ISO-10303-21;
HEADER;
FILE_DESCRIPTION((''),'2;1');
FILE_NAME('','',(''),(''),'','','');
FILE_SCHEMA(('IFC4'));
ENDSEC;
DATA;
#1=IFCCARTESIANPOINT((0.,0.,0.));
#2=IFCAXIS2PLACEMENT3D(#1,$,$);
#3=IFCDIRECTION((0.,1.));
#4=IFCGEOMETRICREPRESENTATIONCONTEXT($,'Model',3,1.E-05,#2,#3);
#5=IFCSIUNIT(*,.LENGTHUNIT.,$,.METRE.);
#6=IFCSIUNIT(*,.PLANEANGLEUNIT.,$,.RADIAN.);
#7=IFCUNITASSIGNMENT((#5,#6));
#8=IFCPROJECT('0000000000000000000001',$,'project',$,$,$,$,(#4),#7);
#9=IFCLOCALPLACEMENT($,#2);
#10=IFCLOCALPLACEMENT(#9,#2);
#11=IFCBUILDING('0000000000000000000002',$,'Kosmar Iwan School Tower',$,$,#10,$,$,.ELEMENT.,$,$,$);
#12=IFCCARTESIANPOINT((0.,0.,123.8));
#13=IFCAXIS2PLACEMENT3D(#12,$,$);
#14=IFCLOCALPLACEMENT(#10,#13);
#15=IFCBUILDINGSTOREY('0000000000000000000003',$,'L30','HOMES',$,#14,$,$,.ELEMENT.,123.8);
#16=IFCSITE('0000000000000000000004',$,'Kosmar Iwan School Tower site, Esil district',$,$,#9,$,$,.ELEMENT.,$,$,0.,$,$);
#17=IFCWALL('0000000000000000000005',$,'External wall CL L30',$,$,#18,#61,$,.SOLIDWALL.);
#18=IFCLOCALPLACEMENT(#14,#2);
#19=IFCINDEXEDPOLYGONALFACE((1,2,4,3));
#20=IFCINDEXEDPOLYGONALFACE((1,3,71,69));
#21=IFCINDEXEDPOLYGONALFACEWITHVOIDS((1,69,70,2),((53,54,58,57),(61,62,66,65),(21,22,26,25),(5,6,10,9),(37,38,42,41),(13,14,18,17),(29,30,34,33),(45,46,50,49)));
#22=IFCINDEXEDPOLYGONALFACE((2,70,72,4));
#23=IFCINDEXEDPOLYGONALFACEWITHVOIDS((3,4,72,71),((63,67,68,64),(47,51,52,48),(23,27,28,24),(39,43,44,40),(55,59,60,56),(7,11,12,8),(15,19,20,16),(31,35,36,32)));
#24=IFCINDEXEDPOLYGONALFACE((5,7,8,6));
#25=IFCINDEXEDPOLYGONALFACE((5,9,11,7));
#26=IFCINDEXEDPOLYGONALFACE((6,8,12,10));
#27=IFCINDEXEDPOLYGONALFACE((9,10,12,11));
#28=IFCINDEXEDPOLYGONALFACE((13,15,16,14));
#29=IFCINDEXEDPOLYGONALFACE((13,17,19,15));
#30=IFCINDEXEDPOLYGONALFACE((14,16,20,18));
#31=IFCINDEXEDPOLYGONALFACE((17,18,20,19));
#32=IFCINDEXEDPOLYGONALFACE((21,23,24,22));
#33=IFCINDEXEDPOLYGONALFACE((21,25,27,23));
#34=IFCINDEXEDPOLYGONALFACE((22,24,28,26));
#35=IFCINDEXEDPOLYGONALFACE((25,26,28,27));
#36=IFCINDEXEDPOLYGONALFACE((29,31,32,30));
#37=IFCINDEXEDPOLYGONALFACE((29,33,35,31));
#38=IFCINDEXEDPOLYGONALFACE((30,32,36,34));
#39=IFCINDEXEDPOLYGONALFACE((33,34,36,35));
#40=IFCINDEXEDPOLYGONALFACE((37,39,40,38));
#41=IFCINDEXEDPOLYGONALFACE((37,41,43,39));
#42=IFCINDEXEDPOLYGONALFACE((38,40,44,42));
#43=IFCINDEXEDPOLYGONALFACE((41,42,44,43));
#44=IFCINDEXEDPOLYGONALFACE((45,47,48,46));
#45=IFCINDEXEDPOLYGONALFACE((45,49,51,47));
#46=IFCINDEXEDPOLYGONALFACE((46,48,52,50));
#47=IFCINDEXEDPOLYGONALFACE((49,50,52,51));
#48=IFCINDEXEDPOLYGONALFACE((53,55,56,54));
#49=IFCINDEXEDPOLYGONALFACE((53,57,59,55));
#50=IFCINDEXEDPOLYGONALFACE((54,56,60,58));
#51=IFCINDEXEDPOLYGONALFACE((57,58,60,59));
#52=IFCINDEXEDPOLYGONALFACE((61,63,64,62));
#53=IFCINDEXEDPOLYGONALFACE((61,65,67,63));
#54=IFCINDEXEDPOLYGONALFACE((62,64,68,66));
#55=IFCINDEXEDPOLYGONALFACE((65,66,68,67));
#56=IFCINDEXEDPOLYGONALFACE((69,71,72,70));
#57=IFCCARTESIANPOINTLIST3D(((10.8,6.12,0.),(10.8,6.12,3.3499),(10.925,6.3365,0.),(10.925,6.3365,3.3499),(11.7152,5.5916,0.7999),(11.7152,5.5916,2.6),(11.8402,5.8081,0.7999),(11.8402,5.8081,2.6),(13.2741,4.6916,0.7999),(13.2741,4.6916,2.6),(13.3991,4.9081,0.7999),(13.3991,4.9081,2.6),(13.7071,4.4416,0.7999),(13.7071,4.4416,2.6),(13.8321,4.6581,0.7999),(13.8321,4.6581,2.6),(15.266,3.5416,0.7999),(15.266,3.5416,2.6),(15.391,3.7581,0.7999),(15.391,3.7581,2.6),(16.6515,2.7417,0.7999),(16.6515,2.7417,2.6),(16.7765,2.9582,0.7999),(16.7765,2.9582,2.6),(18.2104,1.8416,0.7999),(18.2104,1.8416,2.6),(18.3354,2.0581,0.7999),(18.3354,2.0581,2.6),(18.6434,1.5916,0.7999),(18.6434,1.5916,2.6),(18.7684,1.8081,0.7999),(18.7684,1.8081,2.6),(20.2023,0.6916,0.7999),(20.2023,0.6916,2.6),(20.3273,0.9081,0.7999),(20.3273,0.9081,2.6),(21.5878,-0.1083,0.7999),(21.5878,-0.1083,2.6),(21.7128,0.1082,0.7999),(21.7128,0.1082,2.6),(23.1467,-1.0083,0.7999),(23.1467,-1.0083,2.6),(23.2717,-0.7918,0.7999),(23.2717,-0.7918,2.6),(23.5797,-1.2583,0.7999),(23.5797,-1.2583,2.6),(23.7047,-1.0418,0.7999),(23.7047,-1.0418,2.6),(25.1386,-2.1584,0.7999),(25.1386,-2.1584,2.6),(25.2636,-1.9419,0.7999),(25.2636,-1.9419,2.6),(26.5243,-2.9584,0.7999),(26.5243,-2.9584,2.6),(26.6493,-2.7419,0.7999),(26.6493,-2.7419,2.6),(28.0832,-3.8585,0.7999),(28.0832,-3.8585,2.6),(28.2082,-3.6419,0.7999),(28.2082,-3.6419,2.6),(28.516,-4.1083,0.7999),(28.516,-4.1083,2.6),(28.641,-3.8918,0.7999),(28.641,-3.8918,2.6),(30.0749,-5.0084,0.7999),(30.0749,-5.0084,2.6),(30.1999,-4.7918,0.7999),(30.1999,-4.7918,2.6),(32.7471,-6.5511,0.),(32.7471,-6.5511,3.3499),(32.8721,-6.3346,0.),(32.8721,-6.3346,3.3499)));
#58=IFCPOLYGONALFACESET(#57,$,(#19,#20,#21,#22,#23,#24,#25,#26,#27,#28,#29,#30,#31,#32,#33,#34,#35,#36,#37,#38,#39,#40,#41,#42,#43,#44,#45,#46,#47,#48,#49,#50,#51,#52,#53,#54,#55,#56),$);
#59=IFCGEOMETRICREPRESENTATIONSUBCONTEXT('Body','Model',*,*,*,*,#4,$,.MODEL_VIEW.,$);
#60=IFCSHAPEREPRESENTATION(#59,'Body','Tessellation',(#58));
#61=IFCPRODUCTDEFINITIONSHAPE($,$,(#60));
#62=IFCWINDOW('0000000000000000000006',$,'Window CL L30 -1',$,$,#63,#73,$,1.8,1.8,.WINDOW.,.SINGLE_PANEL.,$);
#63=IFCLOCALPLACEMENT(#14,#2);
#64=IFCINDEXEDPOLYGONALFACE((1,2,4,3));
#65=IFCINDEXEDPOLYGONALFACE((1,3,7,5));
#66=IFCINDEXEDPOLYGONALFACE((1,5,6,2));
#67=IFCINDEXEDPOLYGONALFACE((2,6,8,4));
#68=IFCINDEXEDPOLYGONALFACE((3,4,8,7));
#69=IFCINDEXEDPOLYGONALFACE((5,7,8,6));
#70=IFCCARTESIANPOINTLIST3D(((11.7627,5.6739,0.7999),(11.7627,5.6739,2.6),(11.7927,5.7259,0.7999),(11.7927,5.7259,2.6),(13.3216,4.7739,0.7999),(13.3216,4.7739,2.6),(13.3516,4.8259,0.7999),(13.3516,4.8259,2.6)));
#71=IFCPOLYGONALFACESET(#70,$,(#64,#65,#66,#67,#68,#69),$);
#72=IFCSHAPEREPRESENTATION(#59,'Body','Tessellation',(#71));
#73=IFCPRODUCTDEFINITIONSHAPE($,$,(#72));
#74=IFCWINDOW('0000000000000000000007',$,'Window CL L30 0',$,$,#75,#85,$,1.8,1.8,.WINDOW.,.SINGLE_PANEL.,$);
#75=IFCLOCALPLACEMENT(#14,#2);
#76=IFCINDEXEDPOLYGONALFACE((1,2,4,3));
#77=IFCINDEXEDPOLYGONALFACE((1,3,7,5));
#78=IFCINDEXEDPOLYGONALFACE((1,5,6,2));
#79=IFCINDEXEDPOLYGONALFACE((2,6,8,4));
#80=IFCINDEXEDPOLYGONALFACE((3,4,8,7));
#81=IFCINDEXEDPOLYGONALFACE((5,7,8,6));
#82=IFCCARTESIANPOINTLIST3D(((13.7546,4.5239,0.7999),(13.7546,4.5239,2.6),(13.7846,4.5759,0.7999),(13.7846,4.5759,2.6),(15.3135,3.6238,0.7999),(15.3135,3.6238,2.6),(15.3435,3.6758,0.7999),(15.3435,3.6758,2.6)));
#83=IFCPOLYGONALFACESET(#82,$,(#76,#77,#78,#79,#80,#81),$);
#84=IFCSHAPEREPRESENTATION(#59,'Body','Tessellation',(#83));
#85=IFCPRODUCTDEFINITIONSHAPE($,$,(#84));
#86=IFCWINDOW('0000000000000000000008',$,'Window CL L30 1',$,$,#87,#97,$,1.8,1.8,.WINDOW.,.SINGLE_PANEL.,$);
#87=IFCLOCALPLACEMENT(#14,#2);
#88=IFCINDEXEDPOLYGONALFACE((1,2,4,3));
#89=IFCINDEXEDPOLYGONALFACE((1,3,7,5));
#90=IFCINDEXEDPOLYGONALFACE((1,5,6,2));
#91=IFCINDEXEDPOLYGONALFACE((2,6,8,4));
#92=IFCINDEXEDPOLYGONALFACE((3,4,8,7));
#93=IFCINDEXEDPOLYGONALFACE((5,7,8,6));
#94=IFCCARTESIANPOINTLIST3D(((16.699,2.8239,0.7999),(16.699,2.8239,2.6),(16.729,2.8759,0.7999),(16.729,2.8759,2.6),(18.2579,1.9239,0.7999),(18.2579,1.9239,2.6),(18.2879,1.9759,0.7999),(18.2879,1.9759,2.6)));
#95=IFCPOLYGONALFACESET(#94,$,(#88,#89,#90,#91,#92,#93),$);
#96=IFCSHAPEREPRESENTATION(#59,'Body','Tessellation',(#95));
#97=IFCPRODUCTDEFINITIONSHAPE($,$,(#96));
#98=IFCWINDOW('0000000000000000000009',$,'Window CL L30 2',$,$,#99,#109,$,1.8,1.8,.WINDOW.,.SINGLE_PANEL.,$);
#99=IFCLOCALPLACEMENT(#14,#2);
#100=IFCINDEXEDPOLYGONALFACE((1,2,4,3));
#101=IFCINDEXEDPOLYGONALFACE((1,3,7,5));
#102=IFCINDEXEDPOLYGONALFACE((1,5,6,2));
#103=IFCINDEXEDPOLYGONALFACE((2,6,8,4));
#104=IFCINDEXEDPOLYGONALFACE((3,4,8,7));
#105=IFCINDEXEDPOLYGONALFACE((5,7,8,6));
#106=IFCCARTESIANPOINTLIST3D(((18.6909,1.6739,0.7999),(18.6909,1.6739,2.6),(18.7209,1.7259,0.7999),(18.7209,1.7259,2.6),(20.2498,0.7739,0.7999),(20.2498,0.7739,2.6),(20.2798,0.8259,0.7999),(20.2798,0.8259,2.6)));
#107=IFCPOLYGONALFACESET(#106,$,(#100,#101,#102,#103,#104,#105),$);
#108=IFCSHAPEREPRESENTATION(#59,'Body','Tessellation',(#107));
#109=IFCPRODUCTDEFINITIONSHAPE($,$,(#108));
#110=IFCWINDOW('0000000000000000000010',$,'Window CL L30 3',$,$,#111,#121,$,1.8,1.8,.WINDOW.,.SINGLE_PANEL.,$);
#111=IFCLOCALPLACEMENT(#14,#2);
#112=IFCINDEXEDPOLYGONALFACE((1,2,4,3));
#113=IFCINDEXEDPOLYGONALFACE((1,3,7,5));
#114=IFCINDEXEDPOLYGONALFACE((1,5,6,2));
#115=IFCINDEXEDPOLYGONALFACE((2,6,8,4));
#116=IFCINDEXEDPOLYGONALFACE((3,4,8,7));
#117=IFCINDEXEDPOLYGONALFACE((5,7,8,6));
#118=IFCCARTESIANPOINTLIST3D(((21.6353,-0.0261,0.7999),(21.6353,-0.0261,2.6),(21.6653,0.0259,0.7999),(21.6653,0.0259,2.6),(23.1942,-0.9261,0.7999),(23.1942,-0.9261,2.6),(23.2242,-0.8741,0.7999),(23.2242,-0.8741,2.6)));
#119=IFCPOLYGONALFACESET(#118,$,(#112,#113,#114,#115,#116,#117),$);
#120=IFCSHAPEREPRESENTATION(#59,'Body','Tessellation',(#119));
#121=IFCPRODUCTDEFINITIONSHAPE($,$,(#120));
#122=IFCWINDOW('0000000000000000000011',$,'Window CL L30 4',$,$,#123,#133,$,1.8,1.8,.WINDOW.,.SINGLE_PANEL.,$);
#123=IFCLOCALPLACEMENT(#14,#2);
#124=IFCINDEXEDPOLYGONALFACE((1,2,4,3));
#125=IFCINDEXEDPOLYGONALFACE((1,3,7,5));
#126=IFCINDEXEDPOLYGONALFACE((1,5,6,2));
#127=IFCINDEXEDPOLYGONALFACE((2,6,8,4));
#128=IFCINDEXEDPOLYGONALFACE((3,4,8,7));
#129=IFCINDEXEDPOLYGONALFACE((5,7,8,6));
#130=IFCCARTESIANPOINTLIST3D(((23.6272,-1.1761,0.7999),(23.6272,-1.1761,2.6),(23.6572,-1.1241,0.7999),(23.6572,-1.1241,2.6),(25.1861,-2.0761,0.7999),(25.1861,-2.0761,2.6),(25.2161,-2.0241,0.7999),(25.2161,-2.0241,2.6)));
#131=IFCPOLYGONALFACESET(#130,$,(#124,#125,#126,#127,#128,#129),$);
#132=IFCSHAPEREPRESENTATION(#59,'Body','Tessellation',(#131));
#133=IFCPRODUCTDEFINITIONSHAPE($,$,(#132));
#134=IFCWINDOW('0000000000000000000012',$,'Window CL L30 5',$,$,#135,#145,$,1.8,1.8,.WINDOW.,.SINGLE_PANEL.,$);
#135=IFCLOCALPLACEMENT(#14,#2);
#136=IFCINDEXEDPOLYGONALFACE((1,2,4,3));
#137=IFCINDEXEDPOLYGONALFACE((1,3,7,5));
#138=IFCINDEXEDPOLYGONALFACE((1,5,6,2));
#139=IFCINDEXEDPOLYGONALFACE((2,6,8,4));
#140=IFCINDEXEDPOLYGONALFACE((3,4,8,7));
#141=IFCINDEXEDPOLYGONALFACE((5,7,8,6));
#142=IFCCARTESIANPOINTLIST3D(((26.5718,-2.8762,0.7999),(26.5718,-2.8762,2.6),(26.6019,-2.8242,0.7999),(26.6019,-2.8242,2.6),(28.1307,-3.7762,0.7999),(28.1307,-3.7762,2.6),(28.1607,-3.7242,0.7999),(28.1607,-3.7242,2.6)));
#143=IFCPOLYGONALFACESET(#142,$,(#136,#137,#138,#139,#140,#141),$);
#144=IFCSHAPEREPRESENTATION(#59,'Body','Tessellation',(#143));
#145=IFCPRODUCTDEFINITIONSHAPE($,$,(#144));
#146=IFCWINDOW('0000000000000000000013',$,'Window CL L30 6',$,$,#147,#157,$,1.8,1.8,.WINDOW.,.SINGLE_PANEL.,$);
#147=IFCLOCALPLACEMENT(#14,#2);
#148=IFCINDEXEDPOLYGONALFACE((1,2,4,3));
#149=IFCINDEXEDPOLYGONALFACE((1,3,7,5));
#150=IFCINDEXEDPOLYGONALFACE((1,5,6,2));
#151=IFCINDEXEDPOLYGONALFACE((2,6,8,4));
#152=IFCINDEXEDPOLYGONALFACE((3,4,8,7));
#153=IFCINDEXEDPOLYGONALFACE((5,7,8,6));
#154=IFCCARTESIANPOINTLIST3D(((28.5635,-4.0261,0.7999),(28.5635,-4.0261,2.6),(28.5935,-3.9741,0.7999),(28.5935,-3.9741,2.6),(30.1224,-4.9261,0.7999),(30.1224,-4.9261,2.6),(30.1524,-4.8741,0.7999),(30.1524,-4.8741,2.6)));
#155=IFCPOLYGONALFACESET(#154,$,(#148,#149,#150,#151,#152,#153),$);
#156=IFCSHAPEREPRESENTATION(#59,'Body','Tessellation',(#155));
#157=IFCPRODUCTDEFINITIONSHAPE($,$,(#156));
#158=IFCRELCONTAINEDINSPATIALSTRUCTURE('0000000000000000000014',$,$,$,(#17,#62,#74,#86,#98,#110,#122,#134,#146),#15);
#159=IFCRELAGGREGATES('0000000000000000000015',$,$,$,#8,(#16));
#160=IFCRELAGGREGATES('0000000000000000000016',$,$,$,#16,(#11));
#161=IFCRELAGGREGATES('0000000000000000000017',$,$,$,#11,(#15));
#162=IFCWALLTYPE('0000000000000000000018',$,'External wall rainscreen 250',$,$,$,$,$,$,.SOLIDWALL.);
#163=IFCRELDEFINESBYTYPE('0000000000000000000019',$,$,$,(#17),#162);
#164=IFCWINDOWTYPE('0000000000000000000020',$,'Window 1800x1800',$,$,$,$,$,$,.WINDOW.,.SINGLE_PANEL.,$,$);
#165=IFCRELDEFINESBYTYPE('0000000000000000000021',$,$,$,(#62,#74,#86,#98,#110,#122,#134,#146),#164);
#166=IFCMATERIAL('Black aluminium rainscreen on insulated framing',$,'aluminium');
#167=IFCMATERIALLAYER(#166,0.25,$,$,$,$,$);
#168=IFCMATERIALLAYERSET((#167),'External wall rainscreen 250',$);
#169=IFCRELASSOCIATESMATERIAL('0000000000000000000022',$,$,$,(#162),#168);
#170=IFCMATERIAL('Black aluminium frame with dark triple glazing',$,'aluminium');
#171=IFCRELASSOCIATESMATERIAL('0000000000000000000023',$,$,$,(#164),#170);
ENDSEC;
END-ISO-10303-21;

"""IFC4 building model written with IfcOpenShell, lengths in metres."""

from ifc_helpers import new_model, si_unit, direction, frame, frame_2d, origin, place, context, subcontext, project, spatial, rectangle, extrude, material, layer, layer_set, type_object, element, fill, save


model = new_model("IFC4")

# Units and contexts
model_context = context("Model", 3, precision=1e-05, world=origin(), true_north=direction((0.0, 1.0)))
body_context = subcontext(model_context, "Body", "Model", "MODEL_VIEW")
ifc_project = project(units=[si_unit("LENGTHUNIT", "METRE"), si_unit("PLANEANGLEUNIT", "RADIAN")], contexts=[model_context])

# Site, building, storey
site_placement = place(None, origin())
site = spatial("IfcSite", under=ifc_project, at=site_placement, Name="Kosmar Iwan School Tower site, Esil district", CompositionType="ELEMENT", RefElevation=0.0)
building_placement = place(site_placement, origin())
building = spatial("IfcBuilding", under=site, at=building_placement, Name="Kosmar Iwan School Tower", CompositionType="ELEMENT")
storey_placement = place(building_placement, frame((0.0, 0.0, 123.8)))
storey = spatial("IfcBuildingStorey", under=building, at=storey_placement, Name="L30", Description="HOMES", CompositionType="ELEMENT", Elevation=123.8)

# Wall, openings, windows
ifc_material_1 = material(Name="Black aluminium rainscreen on insulated framing", Category="aluminium")
ifc_layer = layer(ifc_material_1, 0.25)
ifc_layer_set = layer_set([ifc_layer], Name="External wall rainscreen 250")
wall_type = type_object("IfcWallType", Name="External wall rainscreen 250", PredefinedType="SOLIDWALL", material=ifc_layer_set)
wall_1_placement = place(storey_placement, frame((10.8625, 6.2283, 0.0), z_axis=(0.0, 0.0, 1.0), x_axis=(0.866025, -0.500001, 0.0)))
wall_1 = element("IfcWall", 1, at=wall_1_placement, inside=storey, type_object=wall_type, Name="External wall CL L30", PredefinedType="SOLIDWALL", context=body_context, shape_type="SweptSolid", body=[
    extrude(rectangle(XDim=25.3423, YDim=0.25, at=frame_2d((12.6711, 0.0))), origin(), (0.0, 0.0, 1.0), 3.3499),
])
opening_1_placement = place(wall_1_placement, frame((1.0569, 0.0, 0.8)))
opening_1 = element("IfcOpeningElement", 2, at=opening_1_placement, cuts=wall_1, PredefinedType="OPENING", context=body_context, shape_type="SweptSolid", body=[
    extrude(rectangle(XDim=1.8, YDim=1.8, at=frame_2d((0.8999, 0.8999))), frame((0.0, 0.137, 0.0), z_axis=(0.0, -1.0, 0.0), x_axis=(1.0, 0.0, 0.0)), (0.0, 0.0, 1.0), 0.2739),
])
opening_2_placement = place(wall_1_placement, frame((3.3569, 0.0, 0.8)))
opening_2 = element("IfcOpeningElement", 3, at=opening_2_placement, cuts=wall_1, PredefinedType="OPENING", context=body_context, shape_type="SweptSolid", body=[
    extrude(rectangle(XDim=1.8, YDim=1.8, at=frame_2d((0.8999, 0.8999))), frame((0.0, 0.137, 0.0), z_axis=(0.0, -1.0, 0.0), x_axis=(1.0, 0.0, 0.0)), (0.0, 0.0, 1.0), 0.2739),
])
opening_3_placement = place(wall_1_placement, frame((6.7568, 0.0, 0.8)))
opening_3 = element("IfcOpeningElement", 4, at=opening_3_placement, cuts=wall_1, PredefinedType="OPENING", context=body_context, shape_type="SweptSolid", body=[
    extrude(rectangle(XDim=1.8, YDim=1.8, at=frame_2d((0.8999, 0.8999))), frame((0.0, 0.137, 0.0), z_axis=(0.0, -1.0, 0.0), x_axis=(1.0, 0.0, 0.0)), (0.0, 0.0, 1.0), 0.2739),
])
opening_4_placement = place(wall_1_placement, frame((9.0569, 0.0, 0.8)))
opening_4 = element("IfcOpeningElement", 5, at=opening_4_placement, cuts=wall_1, PredefinedType="OPENING", context=body_context, shape_type="SweptSolid", body=[
    extrude(rectangle(XDim=1.8, YDim=1.8, at=frame_2d((0.8999, 0.8999))), frame((0.0, 0.137, 0.0), z_axis=(0.0, -1.0, 0.0), x_axis=(1.0, 0.0, 0.0)), (0.0, 0.0, 1.0), 0.2739),
])
opening_5_placement = place(wall_1_placement, frame((12.4568, 0.0, 0.8)))
opening_5 = element("IfcOpeningElement", 6, at=opening_5_placement, cuts=wall_1, PredefinedType="OPENING", context=body_context, shape_type="SweptSolid", body=[
    extrude(rectangle(XDim=1.8, YDim=1.8, at=frame_2d((0.8999, 0.8999))), frame((0.0, 0.137, 0.0), z_axis=(0.0, -1.0, 0.0), x_axis=(1.0, 0.0, 0.0)), (0.0, 0.0, 1.0), 0.2739),
])
opening_6_placement = place(wall_1_placement, frame((14.7568, 0.0, 0.8)))
opening_6 = element("IfcOpeningElement", 7, at=opening_6_placement, cuts=wall_1, PredefinedType="OPENING", context=body_context, shape_type="SweptSolid", body=[
    extrude(rectangle(XDim=1.8, YDim=1.8, at=frame_2d((0.8999, 0.8999))), frame((0.0, 0.137, 0.0), z_axis=(0.0, -1.0, 0.0), x_axis=(1.0, 0.0, 0.0)), (0.0, 0.0, 1.0), 0.2739),
])
opening_7_placement = place(wall_1_placement, frame((18.157, 0.0, 0.8)))
opening_7 = element("IfcOpeningElement", 8, at=opening_7_placement, cuts=wall_1, PredefinedType="OPENING", context=body_context, shape_type="SweptSolid", body=[
    extrude(rectangle(XDim=1.8, YDim=1.8, at=frame_2d((0.8999, 0.8999))), frame((0.0, 0.137, 0.0), z_axis=(0.0, -1.0, 0.0), x_axis=(1.0, 0.0, 0.0)), (0.0, 0.0, 1.0), 0.2739),
])
opening_8_placement = place(wall_1_placement, frame((20.4568, 0.0, 0.8)))
opening_8 = element("IfcOpeningElement", 9, at=opening_8_placement, cuts=wall_1, PredefinedType="OPENING", context=body_context, shape_type="SweptSolid", body=[
    extrude(rectangle(XDim=1.8, YDim=1.8, at=frame_2d((0.8999, 0.8999))), frame((0.0, 0.137, 0.0), z_axis=(0.0, -1.0, 0.0), x_axis=(1.0, 0.0, 0.0)), (0.0, 0.0, 1.0), 0.2739),
])
ifc_material_2 = material(Name="Black aluminium frame with dark triple glazing", Category="aluminium")
window_type = type_object("IfcWindowType", Name="Window 1800x1800", PartitioningType="SINGLE_PANEL", PredefinedType="WINDOW", material=ifc_material_2)
window_1_placement = place(opening_1_placement, origin())
window_1 = element("IfcWindow", 10, at=window_1_placement, inside=storey, type_object=window_type, Name="Window CL L30 -1", OverallHeight=1.8, OverallWidth=1.8, PartitioningType="SINGLE_PANEL", PredefinedType="WINDOW", context=body_context, shape_type="SweptSolid", body=[
    extrude(rectangle(XDim=1.8, YDim=1.8, at=frame_2d((0.8999, 0.8999))), frame((0.0, 0.03, 0.0), z_axis=(0.0, -1.0, 0.0), x_axis=(1.0, 0.0, 0.0)), (0.0, 0.0, 1.0), 0.0601),
])
fill(opening_1, window_1)
window_2_placement = place(opening_2_placement, origin())
window_2 = element("IfcWindow", 11, at=window_2_placement, inside=storey, type_object=window_type, Name="Window CL L30 0", OverallHeight=1.8, OverallWidth=1.8, PartitioningType="SINGLE_PANEL", PredefinedType="WINDOW", context=body_context, shape_type="SweptSolid", body=[
    extrude(rectangle(XDim=1.8, YDim=1.8, at=frame_2d((0.8999, 0.8999))), frame((0.0, 0.03, 0.0), z_axis=(0.0, -1.0, 0.0), x_axis=(1.0, 0.0, 0.0)), (0.0, 0.0, 1.0), 0.0601),
])
fill(opening_2, window_2)
window_3_placement = place(opening_3_placement, origin())
window_3 = element("IfcWindow", 12, at=window_3_placement, inside=storey, type_object=window_type, Name="Window CL L30 1", OverallHeight=1.8, OverallWidth=1.8, PartitioningType="SINGLE_PANEL", PredefinedType="WINDOW", context=body_context, shape_type="SweptSolid", body=[
    extrude(rectangle(XDim=1.8, YDim=1.8, at=frame_2d((0.8999, 0.8999))), frame((0.0, 0.03, 0.0), z_axis=(0.0, -1.0, 0.0), x_axis=(1.0, 0.0, 0.0)), (0.0, 0.0, 1.0), 0.0601),
])
fill(opening_3, window_3)
window_4_placement = place(opening_4_placement, origin())
window_4 = element("IfcWindow", 13, at=window_4_placement, inside=storey, type_object=window_type, Name="Window CL L30 2", OverallHeight=1.8, OverallWidth=1.8, PartitioningType="SINGLE_PANEL", PredefinedType="WINDOW", context=body_context, shape_type="SweptSolid", body=[
    extrude(rectangle(XDim=1.8, YDim=1.8, at=frame_2d((0.8999, 0.8999))), frame((0.0, 0.03, 0.0), z_axis=(0.0, -1.0, 0.0), x_axis=(1.0, 0.0, 0.0)), (0.0, 0.0, 1.0), 0.0601),
])
fill(opening_4, window_4)
window_5_placement = place(opening_5_placement, origin())
window_5 = element("IfcWindow", 14, at=window_5_placement, inside=storey, type_object=window_type, Name="Window CL L30 3", OverallHeight=1.8, OverallWidth=1.8, PartitioningType="SINGLE_PANEL", PredefinedType="WINDOW", context=body_context, shape_type="SweptSolid", body=[
    extrude(rectangle(XDim=1.8, YDim=1.8, at=frame_2d((0.8999, 0.8999))), frame((0.0, 0.03, 0.0), z_axis=(0.0, -1.0, 0.0), x_axis=(1.0, 0.0, 0.0)), (0.0, 0.0, 1.0), 0.0601),
])
fill(opening_5, window_5)
window_6_placement = place(opening_6_placement, origin())
window_6 = element("IfcWindow", 15, at=window_6_placement, inside=storey, type_object=window_type, Name="Window CL L30 4", OverallHeight=1.8, OverallWidth=1.8, PartitioningType="SINGLE_PANEL", PredefinedType="WINDOW", context=body_context, shape_type="SweptSolid", body=[
    extrude(rectangle(XDim=1.8, YDim=1.8, at=frame_2d((0.8999, 0.8999))), frame((0.0, 0.03, 0.0), z_axis=(0.0, -1.0, 0.0), x_axis=(1.0, 0.0, 0.0)), (0.0, 0.0, 1.0), 0.0601),
])
fill(opening_6, window_6)
window_7_placement = place(opening_7_placement, origin())
window_7 = element("IfcWindow", 16, at=window_7_placement, inside=storey, type_object=window_type, Name="Window CL L30 5", OverallHeight=1.8, OverallWidth=1.8, PartitioningType="SINGLE_PANEL", PredefinedType="WINDOW", context=body_context, shape_type="SweptSolid", body=[
    extrude(rectangle(XDim=1.8, YDim=1.8, at=frame_2d((0.8999, 0.8999))), frame((0.0, 0.03, 0.0), z_axis=(0.0, -1.0, 0.0), x_axis=(1.0, 0.0, 0.0)), (0.0, 0.0, 1.0), 0.0601),
])
fill(opening_7, window_7)
window_8_placement = place(opening_8_placement, origin())
window_8 = element("IfcWindow", 17, at=window_8_placement, inside=storey, type_object=window_type, Name="Window CL L30 6", OverallHeight=1.8, OverallWidth=1.8, PartitioningType="SINGLE_PANEL", PredefinedType="WINDOW", context=body_context, shape_type="SweptSolid", body=[
    extrude(rectangle(XDim=1.8, YDim=1.8, at=frame_2d((0.8999, 0.8999))), frame((0.0, 0.03, 0.0), z_axis=(0.0, -1.0, 0.0), x_axis=(1.0, 0.0, 0.0)), (0.0, 0.0, 1.0), 0.0601),
])
fill(opening_8, window_8)

save(model, "model.ifc")
